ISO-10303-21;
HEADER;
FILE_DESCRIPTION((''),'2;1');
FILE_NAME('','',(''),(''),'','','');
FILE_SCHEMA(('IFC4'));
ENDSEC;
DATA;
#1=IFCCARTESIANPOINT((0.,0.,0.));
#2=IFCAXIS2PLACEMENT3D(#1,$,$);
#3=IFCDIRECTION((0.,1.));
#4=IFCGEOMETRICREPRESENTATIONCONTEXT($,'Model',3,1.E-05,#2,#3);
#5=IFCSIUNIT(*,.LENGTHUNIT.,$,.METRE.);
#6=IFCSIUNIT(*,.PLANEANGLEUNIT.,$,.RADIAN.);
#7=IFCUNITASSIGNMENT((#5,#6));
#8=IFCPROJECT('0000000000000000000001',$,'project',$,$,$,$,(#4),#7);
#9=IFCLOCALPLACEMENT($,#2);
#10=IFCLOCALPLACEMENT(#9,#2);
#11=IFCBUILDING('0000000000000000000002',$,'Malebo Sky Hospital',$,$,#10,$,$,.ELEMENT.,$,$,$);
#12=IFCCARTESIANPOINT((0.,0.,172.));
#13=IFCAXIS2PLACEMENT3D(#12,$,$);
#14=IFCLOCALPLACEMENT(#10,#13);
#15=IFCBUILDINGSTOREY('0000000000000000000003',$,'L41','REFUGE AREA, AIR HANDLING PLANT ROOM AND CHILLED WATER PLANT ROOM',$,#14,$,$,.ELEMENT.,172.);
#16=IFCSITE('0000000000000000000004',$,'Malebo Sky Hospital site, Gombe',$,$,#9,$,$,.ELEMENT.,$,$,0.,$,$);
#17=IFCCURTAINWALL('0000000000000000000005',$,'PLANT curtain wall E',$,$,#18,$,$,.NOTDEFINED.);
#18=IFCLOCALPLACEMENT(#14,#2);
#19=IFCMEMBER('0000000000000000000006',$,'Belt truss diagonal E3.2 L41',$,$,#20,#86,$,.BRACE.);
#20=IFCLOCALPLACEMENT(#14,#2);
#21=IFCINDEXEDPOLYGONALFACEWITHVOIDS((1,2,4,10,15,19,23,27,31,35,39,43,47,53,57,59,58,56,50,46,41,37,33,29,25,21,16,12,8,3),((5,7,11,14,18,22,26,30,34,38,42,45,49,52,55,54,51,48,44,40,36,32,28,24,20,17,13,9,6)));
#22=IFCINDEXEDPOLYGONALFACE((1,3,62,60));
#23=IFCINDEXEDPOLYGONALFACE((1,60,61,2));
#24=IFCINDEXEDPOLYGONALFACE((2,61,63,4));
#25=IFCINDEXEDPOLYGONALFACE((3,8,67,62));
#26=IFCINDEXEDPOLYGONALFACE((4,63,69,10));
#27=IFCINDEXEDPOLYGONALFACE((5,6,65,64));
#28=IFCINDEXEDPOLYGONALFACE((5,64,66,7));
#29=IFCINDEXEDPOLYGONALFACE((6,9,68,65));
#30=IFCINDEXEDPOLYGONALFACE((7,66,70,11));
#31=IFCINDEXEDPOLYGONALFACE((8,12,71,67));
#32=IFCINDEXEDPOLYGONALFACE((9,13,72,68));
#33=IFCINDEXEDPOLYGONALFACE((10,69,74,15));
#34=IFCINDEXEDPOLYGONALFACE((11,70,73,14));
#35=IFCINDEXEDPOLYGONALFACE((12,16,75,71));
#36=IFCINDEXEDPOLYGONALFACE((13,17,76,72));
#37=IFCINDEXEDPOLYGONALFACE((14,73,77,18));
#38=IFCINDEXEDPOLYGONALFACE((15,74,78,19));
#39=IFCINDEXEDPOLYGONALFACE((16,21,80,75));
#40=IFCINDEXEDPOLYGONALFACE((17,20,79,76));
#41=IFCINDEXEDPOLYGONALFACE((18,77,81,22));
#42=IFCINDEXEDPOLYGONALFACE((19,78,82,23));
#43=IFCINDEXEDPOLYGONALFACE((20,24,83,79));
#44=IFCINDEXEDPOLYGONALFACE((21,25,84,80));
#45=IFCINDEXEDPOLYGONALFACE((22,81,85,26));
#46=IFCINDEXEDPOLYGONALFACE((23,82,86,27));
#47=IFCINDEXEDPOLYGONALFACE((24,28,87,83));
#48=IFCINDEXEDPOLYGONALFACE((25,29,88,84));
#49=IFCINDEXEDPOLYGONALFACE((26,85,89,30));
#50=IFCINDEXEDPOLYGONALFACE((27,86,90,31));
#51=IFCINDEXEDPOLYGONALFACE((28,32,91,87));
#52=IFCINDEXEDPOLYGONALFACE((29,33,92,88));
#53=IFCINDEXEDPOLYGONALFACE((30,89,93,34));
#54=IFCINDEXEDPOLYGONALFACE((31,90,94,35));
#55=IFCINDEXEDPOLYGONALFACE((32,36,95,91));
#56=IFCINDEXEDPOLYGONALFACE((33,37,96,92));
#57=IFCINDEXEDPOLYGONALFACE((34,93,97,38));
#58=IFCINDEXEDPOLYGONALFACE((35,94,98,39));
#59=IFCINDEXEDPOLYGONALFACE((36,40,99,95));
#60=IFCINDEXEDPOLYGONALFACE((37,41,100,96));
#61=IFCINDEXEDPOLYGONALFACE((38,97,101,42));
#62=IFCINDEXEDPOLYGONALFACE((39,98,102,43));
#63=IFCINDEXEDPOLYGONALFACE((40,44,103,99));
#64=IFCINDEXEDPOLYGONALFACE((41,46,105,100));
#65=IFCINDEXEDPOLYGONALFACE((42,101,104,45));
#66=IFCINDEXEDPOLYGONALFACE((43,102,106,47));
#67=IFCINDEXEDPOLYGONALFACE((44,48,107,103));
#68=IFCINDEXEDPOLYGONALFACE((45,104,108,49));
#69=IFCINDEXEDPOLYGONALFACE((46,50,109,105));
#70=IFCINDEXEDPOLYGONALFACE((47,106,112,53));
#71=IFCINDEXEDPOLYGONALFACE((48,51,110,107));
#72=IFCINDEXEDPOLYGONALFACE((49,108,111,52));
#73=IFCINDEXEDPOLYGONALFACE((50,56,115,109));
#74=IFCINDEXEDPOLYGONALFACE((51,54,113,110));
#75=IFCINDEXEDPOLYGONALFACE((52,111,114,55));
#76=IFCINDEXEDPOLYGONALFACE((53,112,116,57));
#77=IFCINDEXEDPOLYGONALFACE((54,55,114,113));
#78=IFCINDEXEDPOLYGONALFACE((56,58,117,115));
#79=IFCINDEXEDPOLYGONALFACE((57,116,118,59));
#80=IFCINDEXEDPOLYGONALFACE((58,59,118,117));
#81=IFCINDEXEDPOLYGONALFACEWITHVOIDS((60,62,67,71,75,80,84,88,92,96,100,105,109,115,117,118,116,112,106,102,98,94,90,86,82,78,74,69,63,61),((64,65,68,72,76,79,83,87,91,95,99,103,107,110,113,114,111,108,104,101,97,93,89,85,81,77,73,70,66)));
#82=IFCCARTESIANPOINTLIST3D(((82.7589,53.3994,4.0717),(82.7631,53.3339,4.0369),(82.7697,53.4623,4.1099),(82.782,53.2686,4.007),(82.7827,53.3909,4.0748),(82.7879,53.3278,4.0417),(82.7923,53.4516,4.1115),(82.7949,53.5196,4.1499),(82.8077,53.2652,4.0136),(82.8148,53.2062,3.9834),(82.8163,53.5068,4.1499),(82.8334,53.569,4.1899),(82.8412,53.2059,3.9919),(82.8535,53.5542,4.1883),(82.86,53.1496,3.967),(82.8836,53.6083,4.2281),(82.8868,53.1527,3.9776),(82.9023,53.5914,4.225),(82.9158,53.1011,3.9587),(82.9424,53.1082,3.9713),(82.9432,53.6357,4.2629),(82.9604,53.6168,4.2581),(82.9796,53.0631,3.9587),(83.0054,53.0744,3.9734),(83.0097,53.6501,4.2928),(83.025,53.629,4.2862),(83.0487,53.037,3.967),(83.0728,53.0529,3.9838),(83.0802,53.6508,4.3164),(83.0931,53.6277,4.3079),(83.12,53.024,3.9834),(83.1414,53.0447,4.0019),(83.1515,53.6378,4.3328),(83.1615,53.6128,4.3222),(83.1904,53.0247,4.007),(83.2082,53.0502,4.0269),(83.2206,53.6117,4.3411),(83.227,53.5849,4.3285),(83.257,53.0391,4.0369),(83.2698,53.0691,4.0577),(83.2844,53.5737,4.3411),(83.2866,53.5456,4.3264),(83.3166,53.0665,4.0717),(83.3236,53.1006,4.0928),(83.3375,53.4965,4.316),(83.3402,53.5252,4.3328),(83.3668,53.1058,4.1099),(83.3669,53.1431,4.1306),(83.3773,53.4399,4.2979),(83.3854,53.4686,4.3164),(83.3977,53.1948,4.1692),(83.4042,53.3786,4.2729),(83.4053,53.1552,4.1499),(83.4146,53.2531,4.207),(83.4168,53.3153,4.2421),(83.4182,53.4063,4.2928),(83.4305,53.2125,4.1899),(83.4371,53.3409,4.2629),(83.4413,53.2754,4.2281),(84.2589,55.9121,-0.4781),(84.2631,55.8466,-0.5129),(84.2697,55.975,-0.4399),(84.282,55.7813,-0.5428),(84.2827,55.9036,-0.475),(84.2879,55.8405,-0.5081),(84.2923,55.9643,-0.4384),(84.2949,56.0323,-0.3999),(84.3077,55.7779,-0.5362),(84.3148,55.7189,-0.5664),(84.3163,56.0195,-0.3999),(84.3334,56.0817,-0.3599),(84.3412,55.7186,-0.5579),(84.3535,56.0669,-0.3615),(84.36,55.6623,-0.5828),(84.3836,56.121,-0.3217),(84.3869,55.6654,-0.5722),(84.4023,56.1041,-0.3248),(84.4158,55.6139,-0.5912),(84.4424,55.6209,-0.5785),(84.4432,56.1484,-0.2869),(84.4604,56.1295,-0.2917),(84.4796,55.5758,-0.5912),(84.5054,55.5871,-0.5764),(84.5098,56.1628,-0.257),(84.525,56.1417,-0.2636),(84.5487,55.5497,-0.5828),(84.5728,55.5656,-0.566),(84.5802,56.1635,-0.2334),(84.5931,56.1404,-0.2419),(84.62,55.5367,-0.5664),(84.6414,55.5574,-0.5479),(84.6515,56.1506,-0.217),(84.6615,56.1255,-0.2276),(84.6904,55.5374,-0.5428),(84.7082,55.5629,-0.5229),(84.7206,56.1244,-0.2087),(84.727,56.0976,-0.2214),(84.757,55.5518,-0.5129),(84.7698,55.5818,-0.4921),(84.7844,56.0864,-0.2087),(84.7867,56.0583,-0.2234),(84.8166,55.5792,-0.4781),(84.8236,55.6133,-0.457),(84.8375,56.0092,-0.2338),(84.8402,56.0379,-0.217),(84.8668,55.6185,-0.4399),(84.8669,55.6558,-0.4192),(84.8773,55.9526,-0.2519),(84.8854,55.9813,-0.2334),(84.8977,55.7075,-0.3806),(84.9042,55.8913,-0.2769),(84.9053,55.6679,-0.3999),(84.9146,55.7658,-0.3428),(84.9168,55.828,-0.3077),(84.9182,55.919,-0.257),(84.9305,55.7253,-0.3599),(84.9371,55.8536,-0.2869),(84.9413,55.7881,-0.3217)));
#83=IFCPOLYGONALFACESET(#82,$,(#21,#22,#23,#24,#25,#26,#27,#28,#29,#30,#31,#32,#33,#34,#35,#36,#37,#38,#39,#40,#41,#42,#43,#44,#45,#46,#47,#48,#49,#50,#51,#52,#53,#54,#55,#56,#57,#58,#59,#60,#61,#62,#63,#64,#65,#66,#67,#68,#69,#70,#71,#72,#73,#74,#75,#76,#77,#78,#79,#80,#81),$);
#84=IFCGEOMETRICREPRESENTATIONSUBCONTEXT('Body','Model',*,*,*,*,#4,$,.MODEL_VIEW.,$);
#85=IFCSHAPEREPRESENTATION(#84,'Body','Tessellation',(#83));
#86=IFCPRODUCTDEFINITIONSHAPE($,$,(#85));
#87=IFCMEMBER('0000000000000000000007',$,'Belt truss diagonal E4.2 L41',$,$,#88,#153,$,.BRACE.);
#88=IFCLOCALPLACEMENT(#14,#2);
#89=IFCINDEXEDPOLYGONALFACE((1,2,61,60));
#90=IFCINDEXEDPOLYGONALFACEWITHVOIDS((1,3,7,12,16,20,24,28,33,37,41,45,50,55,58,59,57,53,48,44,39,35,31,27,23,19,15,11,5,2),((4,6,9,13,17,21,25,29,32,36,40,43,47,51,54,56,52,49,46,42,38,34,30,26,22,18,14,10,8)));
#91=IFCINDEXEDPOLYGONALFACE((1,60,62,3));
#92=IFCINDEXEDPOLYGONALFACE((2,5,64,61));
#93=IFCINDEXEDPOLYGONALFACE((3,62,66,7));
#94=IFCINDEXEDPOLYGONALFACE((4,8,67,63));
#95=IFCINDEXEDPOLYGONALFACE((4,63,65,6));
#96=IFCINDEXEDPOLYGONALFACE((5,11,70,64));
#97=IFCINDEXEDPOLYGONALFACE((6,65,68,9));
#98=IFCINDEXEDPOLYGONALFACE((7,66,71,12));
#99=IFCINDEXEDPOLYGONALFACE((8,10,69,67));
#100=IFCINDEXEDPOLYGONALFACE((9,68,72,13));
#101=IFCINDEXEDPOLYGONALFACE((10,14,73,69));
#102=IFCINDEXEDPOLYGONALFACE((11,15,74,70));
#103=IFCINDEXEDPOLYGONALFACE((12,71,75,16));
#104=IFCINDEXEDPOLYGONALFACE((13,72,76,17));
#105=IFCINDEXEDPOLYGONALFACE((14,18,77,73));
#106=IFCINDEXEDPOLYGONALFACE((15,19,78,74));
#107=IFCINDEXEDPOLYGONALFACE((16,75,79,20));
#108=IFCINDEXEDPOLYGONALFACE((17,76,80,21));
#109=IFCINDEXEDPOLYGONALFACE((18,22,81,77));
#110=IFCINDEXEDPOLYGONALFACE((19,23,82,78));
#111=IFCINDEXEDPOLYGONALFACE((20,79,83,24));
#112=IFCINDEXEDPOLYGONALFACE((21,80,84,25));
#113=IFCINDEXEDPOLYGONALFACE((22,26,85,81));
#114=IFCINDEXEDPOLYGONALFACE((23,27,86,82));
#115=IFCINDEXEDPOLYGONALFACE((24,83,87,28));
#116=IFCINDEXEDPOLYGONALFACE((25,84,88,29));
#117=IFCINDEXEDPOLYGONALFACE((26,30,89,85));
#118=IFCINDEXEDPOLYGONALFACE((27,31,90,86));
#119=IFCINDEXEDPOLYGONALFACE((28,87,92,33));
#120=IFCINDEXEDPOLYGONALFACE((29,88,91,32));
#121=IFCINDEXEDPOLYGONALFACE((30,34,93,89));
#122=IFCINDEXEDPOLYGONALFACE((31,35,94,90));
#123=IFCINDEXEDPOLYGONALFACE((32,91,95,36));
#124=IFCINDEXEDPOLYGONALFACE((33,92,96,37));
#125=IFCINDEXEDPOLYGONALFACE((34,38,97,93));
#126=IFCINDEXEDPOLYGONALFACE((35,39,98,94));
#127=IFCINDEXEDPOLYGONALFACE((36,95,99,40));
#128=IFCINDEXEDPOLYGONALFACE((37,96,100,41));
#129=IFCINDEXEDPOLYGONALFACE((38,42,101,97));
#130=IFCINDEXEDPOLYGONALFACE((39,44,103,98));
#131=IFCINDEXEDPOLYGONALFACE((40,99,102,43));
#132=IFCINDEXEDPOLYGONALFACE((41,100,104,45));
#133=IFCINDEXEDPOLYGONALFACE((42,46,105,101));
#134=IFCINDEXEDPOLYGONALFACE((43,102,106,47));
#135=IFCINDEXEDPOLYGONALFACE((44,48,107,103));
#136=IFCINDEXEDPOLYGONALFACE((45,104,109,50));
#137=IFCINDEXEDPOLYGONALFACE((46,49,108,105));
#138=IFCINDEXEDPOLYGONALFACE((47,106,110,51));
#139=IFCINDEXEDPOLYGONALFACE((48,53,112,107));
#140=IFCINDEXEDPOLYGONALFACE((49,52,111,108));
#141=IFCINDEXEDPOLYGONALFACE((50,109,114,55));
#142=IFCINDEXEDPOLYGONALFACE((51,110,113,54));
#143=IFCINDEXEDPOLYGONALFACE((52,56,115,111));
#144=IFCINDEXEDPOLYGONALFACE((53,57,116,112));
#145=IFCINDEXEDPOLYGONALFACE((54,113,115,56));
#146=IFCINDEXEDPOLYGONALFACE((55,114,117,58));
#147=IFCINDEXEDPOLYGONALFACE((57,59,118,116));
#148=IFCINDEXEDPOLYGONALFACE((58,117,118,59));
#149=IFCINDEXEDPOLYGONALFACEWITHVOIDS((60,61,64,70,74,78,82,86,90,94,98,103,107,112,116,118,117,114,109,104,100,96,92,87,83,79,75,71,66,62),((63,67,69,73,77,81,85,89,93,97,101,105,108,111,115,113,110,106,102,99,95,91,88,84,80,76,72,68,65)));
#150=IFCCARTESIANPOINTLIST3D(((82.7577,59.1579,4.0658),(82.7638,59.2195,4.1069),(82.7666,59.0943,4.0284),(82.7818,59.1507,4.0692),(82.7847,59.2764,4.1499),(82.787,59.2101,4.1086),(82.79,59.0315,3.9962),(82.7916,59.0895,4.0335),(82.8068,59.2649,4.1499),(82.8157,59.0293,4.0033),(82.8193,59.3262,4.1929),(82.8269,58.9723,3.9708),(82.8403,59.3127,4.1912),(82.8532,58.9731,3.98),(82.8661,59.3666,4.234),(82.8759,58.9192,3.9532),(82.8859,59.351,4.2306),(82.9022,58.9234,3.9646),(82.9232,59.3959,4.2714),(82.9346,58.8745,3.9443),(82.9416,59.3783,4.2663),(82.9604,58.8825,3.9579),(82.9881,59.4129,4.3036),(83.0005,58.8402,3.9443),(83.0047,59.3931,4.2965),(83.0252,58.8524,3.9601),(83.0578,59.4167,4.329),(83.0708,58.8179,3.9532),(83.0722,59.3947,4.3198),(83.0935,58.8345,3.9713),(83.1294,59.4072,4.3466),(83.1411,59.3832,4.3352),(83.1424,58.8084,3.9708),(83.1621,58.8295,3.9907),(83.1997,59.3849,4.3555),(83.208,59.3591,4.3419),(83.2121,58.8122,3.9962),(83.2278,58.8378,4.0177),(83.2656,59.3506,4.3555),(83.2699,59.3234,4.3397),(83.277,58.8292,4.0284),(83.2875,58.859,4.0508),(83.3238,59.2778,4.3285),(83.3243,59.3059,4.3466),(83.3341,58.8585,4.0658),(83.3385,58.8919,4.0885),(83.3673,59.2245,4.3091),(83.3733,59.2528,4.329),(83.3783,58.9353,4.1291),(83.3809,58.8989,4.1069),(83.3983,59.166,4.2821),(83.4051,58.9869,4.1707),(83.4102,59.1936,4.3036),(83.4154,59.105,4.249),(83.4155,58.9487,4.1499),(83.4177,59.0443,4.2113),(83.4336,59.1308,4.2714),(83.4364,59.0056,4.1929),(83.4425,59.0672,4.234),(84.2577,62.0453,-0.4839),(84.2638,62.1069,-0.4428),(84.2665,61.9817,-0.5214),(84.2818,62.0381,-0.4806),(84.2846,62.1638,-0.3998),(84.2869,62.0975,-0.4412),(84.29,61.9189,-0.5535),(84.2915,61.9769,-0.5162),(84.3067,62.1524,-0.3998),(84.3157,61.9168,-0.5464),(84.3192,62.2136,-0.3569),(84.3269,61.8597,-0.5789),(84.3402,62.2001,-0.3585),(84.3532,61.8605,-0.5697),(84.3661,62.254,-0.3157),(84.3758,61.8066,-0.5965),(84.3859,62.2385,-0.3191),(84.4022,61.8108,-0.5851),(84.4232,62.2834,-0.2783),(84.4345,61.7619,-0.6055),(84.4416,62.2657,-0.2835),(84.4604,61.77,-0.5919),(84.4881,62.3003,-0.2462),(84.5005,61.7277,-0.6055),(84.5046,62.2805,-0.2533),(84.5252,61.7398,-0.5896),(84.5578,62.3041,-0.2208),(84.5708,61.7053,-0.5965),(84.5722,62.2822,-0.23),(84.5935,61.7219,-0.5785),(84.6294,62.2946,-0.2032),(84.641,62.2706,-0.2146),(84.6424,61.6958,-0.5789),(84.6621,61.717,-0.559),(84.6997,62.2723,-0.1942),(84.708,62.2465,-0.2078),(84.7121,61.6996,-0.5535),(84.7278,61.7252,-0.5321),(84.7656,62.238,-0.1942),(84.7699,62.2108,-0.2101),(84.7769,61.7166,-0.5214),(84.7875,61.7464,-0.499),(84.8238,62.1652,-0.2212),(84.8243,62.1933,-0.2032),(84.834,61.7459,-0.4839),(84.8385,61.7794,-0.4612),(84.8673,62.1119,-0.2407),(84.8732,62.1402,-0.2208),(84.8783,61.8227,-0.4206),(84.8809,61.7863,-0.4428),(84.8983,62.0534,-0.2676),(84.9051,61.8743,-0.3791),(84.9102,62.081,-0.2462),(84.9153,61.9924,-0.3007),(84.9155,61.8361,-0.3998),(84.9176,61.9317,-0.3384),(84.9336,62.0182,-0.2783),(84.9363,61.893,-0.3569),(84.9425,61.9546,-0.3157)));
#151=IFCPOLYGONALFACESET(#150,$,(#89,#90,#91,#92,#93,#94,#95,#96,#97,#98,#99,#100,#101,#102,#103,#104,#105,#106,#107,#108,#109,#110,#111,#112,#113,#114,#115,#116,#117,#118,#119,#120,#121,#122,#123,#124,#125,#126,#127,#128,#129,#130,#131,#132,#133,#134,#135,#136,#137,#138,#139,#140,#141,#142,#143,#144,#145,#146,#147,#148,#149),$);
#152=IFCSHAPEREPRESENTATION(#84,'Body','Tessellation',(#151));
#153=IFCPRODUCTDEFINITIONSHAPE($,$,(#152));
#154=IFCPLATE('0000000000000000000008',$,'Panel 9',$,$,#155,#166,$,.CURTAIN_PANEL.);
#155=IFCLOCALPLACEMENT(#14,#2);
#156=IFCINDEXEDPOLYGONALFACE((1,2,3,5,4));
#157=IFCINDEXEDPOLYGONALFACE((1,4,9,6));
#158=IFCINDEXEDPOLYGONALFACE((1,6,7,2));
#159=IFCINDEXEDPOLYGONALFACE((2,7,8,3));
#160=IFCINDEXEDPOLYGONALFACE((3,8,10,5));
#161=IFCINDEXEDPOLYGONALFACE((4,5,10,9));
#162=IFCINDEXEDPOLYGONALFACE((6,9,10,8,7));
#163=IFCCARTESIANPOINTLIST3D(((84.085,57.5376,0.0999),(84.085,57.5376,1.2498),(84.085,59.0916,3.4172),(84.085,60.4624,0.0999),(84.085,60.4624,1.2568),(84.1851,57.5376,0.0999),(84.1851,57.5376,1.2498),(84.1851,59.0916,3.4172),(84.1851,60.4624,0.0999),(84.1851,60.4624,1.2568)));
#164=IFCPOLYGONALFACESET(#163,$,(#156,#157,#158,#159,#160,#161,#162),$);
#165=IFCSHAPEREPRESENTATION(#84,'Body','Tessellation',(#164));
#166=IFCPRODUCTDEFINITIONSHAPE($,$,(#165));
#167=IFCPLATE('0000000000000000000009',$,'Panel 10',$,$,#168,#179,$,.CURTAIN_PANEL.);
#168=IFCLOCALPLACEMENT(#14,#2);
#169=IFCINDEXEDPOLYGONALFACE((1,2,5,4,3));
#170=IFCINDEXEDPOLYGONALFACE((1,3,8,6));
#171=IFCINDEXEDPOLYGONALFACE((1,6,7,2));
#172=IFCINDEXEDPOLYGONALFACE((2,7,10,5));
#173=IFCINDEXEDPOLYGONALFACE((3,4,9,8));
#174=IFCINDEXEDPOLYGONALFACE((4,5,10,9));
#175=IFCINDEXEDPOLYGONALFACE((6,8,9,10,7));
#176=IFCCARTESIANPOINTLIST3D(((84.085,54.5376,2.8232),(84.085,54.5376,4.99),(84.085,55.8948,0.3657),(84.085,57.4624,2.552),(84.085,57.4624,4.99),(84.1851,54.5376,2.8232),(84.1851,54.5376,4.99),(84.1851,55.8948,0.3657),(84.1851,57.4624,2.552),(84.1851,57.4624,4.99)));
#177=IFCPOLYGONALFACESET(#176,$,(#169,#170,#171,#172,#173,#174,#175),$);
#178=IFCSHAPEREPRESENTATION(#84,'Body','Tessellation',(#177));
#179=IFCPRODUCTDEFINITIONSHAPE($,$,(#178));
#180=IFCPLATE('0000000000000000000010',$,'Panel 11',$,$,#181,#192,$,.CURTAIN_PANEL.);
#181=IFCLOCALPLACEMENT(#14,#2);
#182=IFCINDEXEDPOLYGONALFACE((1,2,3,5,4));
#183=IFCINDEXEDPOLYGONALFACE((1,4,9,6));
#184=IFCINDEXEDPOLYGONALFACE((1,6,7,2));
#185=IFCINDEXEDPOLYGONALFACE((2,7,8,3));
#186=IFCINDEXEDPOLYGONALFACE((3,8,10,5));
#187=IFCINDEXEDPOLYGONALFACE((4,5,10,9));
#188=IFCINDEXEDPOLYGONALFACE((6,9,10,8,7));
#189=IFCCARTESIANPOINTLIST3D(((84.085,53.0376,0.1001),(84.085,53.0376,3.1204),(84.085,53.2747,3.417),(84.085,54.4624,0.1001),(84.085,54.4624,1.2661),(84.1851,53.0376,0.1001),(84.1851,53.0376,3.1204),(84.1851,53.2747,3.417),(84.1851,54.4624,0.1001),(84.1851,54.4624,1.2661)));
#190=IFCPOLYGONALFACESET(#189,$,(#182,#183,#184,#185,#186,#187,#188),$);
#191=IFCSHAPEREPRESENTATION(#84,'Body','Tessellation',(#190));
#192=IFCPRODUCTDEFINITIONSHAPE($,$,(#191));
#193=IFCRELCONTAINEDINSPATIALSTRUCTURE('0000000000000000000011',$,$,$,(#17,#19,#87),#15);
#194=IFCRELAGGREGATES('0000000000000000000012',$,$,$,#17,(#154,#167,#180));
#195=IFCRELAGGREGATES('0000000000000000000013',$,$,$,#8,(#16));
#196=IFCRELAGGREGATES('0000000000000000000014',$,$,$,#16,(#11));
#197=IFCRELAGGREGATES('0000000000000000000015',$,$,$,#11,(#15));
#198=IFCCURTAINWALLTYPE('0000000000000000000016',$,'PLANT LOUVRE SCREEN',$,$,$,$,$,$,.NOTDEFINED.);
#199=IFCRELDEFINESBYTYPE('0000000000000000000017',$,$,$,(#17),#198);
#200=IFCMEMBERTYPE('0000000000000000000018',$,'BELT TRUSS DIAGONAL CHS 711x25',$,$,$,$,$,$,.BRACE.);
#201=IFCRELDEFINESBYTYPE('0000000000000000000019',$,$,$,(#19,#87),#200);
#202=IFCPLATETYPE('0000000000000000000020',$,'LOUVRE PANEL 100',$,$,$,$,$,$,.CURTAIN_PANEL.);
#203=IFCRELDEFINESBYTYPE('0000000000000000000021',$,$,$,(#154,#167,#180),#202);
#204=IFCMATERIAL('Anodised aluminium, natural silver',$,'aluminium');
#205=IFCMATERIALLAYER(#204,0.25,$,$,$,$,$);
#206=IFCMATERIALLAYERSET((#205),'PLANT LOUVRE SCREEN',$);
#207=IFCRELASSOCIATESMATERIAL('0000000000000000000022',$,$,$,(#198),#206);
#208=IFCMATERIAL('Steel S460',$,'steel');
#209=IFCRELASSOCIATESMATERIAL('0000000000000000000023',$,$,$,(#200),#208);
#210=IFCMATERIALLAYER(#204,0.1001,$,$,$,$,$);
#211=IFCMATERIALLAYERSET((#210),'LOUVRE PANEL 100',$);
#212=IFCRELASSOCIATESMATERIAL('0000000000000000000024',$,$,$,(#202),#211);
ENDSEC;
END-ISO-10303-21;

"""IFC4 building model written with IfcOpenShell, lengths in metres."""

from ifc_helpers import new_model, si_unit, direction, frame, origin, origin_2d, place, context, subcontext, project, spatial, polyline, hollow_circle, outline, extrude, material, layer, layer_set, material_profile, profile_set, type_object, element, aggregate, save


model = new_model("IFC4")

# Units and contexts
model_context = context("Model", 3, precision=1e-05, world=origin(), true_north=direction((0.0, 1.0)))
body_context = subcontext(model_context, "Body", "Model", "MODEL_VIEW")
ifc_project = project(units=[si_unit("LENGTHUNIT", "METRE"), si_unit("PLANEANGLEUNIT", "RADIAN")], contexts=[model_context])

# Site, building, storey
site_placement = place(None, origin())
site = spatial("IfcSite", under=ifc_project, at=site_placement, Name="Malebo Sky Hospital site, Gombe", CompositionType="ELEMENT", RefElevation=0.0)
building_placement = place(site_placement, origin())
building = spatial("IfcBuilding", under=site, at=building_placement, Name="Malebo Sky Hospital", CompositionType="ELEMENT")
storey_placement = place(building_placement, frame((0.0, 0.0, 172.0)))
storey = spatial("IfcBuildingStorey", under=building, at=storey_placement, Name="L41", Description="REFUGE AREA, AIR HANDLING PLANT ROOM AND CHILLED WATER PLANT ROOM", CompositionType="ELEMENT", Elevation=172.0)

# Curtain wall
ifc_material_1 = material(Name="Anodised aluminium, natural silver", Category="aluminium")
ifc_layer_1 = layer(ifc_material_1, 0.25)
ifc_layer_set_1 = layer_set([ifc_layer_1], Name="PLANT LOUVRE SCREEN")
curtain_wall_type = type_object("IfcCurtainWallType", Name="PLANT LOUVRE SCREEN", PredefinedType="NOTDEFINED", material=ifc_layer_set_1)
curtain_wall_placement = place(storey_placement, origin())
curtain_wall = element("IfcCurtainWall", 1, at=curtain_wall_placement, inside=storey, type_object=curtain_wall_type, Name="PLANT curtain wall E", PredefinedType="NOTDEFINED")

# Members
ifc_material_2 = material(Name="Steel S460", Category="steel")
ifc_material_profile_1 = material_profile(ifc_material_2, hollow_circle(Radius=0.3555, WallThickness=0.0249, at=origin_2d()), Name="CHS 711x25")
ifc_profile_set_1 = profile_set([ifc_material_profile_1], Name="Steel S460")
member_type_1 = type_object("IfcMemberType", Name="BELT TRUSS DIAGONAL CHS 711x25", PredefinedType="BRACE", material=ifc_profile_set_1)
member_1_placement = place(storey_placement, frame((83.1001, 53.3374, 4.1499), z_axis=(0.277282, 0.464484, -0.841053), x_axis=(-0.858639, 0.512581, 0.0)))
element("IfcMember", 2, at=member_1_placement, inside=storey, type_object=member_type_1, Name="Belt truss diagonal E3.2 L41", PredefinedType="BRACE", context=body_context, shape_type="SweptSolid", body=[
    extrude(hollow_circle(Radius=0.3555, WallThickness=0.0249, at=origin_2d()), origin(), (0.0, 0.0, 1.0), 5.4097),
])
member_2_placement = place(storey_placement, frame((83.1001, 59.1125, 4.1499), z_axis=(0.268165, 0.516208, -0.813398), x_axis=(-0.887402, 0.460996, 0.0)))
element("IfcMember", 3, at=member_2_placement, inside=storey, type_object=member_type_1, Name="Belt truss diagonal E4.2 L41", PredefinedType="BRACE", context=body_context, shape_type="SweptSolid", body=[
    extrude(hollow_circle(Radius=0.3555, WallThickness=0.0249, at=origin_2d()), origin(), (0.0, 0.0, 1.0), 5.5935),
])

# Plates
ifc_layer_2 = layer(ifc_material_1, 0.1001)
ifc_layer_set_2 = layer_set([ifc_layer_2], Name="LOUVRE PANEL 100")
plate_type = type_object("IfcPlateType", Name="LOUVRE PANEL 100", PredefinedType="CURTAIN_PANEL", material=ifc_layer_set_2)
plate_1_placement = place(storey_placement, frame((84.135, 59.0, 0.0999), z_axis=(0.0, 0.0, 1.0), x_axis=(0.0, -1.0, 0.0)))
plate_1 = element("IfcPlate", 4, at=plate_1_placement, type_object=plate_type, Name="Panel 9", PredefinedType="CURTAIN_PANEL", context=body_context, shape_type="SweptSolid", body=[
    extrude(outline(polyline([(-1.4624, 0.0), (1.4624, 0.0), (1.4624, 1.1499), (-0.0916, 3.3174), (-1.4624, 1.157), (-1.4624, 0.0)])), frame((0.0, 0.05, 0.0), z_axis=(0.0, -1.0, 0.0), x_axis=(1.0, 0.0, 0.0)), (0.0, 0.0, 1.0), 0.1001),
])
plate_2_placement = place(storey_placement, frame((84.135, 56.0, 0.3657), z_axis=(0.0, 0.0, 1.0), x_axis=(0.0, -1.0, 0.0)))
plate_2 = element("IfcPlate", 5, at=plate_2_placement, type_object=plate_type, Name="Panel 10", PredefinedType="CURTAIN_PANEL", context=body_context, shape_type="SweptSolid", body=[
    extrude(outline(polyline([(0.1052, 0.0), (1.4624, 2.4575), (1.4624, 4.6243), (-1.4624, 4.6243), (-1.4624, 2.1863), (0.1052, 0.0)])), frame((0.0, 0.05, 0.0), z_axis=(0.0, -1.0, 0.0), x_axis=(1.0, 0.0, 0.0)), (0.0, 0.0, 1.0), 0.1001),
])
plate_3_placement = place(storey_placement, frame((84.135, 53.75, 0.1001), z_axis=(0.0, 0.0, 1.0), x_axis=(0.0, -1.0, 0.0)))
plate_3 = element("IfcPlate", 6, at=plate_3_placement, type_object=plate_type, Name="Panel 11", PredefinedType="CURTAIN_PANEL", context=body_context, shape_type="SweptSolid", body=[
    extrude(outline(polyline([(-0.7124, 0.0), (0.7124, 0.0), (0.7124, 3.0203), (0.4753, 3.3169), (-0.7124, 1.166), (-0.7124, 0.0)])), frame((0.0, 0.05, 0.0), z_axis=(0.0, -1.0, 0.0), x_axis=(1.0, 0.0, 0.0)), (0.0, 0.0, 1.0), 0.1001),
])
aggregate(curtain_wall, [plate_1, plate_2, plate_3])

save(model, "model.ifc")
